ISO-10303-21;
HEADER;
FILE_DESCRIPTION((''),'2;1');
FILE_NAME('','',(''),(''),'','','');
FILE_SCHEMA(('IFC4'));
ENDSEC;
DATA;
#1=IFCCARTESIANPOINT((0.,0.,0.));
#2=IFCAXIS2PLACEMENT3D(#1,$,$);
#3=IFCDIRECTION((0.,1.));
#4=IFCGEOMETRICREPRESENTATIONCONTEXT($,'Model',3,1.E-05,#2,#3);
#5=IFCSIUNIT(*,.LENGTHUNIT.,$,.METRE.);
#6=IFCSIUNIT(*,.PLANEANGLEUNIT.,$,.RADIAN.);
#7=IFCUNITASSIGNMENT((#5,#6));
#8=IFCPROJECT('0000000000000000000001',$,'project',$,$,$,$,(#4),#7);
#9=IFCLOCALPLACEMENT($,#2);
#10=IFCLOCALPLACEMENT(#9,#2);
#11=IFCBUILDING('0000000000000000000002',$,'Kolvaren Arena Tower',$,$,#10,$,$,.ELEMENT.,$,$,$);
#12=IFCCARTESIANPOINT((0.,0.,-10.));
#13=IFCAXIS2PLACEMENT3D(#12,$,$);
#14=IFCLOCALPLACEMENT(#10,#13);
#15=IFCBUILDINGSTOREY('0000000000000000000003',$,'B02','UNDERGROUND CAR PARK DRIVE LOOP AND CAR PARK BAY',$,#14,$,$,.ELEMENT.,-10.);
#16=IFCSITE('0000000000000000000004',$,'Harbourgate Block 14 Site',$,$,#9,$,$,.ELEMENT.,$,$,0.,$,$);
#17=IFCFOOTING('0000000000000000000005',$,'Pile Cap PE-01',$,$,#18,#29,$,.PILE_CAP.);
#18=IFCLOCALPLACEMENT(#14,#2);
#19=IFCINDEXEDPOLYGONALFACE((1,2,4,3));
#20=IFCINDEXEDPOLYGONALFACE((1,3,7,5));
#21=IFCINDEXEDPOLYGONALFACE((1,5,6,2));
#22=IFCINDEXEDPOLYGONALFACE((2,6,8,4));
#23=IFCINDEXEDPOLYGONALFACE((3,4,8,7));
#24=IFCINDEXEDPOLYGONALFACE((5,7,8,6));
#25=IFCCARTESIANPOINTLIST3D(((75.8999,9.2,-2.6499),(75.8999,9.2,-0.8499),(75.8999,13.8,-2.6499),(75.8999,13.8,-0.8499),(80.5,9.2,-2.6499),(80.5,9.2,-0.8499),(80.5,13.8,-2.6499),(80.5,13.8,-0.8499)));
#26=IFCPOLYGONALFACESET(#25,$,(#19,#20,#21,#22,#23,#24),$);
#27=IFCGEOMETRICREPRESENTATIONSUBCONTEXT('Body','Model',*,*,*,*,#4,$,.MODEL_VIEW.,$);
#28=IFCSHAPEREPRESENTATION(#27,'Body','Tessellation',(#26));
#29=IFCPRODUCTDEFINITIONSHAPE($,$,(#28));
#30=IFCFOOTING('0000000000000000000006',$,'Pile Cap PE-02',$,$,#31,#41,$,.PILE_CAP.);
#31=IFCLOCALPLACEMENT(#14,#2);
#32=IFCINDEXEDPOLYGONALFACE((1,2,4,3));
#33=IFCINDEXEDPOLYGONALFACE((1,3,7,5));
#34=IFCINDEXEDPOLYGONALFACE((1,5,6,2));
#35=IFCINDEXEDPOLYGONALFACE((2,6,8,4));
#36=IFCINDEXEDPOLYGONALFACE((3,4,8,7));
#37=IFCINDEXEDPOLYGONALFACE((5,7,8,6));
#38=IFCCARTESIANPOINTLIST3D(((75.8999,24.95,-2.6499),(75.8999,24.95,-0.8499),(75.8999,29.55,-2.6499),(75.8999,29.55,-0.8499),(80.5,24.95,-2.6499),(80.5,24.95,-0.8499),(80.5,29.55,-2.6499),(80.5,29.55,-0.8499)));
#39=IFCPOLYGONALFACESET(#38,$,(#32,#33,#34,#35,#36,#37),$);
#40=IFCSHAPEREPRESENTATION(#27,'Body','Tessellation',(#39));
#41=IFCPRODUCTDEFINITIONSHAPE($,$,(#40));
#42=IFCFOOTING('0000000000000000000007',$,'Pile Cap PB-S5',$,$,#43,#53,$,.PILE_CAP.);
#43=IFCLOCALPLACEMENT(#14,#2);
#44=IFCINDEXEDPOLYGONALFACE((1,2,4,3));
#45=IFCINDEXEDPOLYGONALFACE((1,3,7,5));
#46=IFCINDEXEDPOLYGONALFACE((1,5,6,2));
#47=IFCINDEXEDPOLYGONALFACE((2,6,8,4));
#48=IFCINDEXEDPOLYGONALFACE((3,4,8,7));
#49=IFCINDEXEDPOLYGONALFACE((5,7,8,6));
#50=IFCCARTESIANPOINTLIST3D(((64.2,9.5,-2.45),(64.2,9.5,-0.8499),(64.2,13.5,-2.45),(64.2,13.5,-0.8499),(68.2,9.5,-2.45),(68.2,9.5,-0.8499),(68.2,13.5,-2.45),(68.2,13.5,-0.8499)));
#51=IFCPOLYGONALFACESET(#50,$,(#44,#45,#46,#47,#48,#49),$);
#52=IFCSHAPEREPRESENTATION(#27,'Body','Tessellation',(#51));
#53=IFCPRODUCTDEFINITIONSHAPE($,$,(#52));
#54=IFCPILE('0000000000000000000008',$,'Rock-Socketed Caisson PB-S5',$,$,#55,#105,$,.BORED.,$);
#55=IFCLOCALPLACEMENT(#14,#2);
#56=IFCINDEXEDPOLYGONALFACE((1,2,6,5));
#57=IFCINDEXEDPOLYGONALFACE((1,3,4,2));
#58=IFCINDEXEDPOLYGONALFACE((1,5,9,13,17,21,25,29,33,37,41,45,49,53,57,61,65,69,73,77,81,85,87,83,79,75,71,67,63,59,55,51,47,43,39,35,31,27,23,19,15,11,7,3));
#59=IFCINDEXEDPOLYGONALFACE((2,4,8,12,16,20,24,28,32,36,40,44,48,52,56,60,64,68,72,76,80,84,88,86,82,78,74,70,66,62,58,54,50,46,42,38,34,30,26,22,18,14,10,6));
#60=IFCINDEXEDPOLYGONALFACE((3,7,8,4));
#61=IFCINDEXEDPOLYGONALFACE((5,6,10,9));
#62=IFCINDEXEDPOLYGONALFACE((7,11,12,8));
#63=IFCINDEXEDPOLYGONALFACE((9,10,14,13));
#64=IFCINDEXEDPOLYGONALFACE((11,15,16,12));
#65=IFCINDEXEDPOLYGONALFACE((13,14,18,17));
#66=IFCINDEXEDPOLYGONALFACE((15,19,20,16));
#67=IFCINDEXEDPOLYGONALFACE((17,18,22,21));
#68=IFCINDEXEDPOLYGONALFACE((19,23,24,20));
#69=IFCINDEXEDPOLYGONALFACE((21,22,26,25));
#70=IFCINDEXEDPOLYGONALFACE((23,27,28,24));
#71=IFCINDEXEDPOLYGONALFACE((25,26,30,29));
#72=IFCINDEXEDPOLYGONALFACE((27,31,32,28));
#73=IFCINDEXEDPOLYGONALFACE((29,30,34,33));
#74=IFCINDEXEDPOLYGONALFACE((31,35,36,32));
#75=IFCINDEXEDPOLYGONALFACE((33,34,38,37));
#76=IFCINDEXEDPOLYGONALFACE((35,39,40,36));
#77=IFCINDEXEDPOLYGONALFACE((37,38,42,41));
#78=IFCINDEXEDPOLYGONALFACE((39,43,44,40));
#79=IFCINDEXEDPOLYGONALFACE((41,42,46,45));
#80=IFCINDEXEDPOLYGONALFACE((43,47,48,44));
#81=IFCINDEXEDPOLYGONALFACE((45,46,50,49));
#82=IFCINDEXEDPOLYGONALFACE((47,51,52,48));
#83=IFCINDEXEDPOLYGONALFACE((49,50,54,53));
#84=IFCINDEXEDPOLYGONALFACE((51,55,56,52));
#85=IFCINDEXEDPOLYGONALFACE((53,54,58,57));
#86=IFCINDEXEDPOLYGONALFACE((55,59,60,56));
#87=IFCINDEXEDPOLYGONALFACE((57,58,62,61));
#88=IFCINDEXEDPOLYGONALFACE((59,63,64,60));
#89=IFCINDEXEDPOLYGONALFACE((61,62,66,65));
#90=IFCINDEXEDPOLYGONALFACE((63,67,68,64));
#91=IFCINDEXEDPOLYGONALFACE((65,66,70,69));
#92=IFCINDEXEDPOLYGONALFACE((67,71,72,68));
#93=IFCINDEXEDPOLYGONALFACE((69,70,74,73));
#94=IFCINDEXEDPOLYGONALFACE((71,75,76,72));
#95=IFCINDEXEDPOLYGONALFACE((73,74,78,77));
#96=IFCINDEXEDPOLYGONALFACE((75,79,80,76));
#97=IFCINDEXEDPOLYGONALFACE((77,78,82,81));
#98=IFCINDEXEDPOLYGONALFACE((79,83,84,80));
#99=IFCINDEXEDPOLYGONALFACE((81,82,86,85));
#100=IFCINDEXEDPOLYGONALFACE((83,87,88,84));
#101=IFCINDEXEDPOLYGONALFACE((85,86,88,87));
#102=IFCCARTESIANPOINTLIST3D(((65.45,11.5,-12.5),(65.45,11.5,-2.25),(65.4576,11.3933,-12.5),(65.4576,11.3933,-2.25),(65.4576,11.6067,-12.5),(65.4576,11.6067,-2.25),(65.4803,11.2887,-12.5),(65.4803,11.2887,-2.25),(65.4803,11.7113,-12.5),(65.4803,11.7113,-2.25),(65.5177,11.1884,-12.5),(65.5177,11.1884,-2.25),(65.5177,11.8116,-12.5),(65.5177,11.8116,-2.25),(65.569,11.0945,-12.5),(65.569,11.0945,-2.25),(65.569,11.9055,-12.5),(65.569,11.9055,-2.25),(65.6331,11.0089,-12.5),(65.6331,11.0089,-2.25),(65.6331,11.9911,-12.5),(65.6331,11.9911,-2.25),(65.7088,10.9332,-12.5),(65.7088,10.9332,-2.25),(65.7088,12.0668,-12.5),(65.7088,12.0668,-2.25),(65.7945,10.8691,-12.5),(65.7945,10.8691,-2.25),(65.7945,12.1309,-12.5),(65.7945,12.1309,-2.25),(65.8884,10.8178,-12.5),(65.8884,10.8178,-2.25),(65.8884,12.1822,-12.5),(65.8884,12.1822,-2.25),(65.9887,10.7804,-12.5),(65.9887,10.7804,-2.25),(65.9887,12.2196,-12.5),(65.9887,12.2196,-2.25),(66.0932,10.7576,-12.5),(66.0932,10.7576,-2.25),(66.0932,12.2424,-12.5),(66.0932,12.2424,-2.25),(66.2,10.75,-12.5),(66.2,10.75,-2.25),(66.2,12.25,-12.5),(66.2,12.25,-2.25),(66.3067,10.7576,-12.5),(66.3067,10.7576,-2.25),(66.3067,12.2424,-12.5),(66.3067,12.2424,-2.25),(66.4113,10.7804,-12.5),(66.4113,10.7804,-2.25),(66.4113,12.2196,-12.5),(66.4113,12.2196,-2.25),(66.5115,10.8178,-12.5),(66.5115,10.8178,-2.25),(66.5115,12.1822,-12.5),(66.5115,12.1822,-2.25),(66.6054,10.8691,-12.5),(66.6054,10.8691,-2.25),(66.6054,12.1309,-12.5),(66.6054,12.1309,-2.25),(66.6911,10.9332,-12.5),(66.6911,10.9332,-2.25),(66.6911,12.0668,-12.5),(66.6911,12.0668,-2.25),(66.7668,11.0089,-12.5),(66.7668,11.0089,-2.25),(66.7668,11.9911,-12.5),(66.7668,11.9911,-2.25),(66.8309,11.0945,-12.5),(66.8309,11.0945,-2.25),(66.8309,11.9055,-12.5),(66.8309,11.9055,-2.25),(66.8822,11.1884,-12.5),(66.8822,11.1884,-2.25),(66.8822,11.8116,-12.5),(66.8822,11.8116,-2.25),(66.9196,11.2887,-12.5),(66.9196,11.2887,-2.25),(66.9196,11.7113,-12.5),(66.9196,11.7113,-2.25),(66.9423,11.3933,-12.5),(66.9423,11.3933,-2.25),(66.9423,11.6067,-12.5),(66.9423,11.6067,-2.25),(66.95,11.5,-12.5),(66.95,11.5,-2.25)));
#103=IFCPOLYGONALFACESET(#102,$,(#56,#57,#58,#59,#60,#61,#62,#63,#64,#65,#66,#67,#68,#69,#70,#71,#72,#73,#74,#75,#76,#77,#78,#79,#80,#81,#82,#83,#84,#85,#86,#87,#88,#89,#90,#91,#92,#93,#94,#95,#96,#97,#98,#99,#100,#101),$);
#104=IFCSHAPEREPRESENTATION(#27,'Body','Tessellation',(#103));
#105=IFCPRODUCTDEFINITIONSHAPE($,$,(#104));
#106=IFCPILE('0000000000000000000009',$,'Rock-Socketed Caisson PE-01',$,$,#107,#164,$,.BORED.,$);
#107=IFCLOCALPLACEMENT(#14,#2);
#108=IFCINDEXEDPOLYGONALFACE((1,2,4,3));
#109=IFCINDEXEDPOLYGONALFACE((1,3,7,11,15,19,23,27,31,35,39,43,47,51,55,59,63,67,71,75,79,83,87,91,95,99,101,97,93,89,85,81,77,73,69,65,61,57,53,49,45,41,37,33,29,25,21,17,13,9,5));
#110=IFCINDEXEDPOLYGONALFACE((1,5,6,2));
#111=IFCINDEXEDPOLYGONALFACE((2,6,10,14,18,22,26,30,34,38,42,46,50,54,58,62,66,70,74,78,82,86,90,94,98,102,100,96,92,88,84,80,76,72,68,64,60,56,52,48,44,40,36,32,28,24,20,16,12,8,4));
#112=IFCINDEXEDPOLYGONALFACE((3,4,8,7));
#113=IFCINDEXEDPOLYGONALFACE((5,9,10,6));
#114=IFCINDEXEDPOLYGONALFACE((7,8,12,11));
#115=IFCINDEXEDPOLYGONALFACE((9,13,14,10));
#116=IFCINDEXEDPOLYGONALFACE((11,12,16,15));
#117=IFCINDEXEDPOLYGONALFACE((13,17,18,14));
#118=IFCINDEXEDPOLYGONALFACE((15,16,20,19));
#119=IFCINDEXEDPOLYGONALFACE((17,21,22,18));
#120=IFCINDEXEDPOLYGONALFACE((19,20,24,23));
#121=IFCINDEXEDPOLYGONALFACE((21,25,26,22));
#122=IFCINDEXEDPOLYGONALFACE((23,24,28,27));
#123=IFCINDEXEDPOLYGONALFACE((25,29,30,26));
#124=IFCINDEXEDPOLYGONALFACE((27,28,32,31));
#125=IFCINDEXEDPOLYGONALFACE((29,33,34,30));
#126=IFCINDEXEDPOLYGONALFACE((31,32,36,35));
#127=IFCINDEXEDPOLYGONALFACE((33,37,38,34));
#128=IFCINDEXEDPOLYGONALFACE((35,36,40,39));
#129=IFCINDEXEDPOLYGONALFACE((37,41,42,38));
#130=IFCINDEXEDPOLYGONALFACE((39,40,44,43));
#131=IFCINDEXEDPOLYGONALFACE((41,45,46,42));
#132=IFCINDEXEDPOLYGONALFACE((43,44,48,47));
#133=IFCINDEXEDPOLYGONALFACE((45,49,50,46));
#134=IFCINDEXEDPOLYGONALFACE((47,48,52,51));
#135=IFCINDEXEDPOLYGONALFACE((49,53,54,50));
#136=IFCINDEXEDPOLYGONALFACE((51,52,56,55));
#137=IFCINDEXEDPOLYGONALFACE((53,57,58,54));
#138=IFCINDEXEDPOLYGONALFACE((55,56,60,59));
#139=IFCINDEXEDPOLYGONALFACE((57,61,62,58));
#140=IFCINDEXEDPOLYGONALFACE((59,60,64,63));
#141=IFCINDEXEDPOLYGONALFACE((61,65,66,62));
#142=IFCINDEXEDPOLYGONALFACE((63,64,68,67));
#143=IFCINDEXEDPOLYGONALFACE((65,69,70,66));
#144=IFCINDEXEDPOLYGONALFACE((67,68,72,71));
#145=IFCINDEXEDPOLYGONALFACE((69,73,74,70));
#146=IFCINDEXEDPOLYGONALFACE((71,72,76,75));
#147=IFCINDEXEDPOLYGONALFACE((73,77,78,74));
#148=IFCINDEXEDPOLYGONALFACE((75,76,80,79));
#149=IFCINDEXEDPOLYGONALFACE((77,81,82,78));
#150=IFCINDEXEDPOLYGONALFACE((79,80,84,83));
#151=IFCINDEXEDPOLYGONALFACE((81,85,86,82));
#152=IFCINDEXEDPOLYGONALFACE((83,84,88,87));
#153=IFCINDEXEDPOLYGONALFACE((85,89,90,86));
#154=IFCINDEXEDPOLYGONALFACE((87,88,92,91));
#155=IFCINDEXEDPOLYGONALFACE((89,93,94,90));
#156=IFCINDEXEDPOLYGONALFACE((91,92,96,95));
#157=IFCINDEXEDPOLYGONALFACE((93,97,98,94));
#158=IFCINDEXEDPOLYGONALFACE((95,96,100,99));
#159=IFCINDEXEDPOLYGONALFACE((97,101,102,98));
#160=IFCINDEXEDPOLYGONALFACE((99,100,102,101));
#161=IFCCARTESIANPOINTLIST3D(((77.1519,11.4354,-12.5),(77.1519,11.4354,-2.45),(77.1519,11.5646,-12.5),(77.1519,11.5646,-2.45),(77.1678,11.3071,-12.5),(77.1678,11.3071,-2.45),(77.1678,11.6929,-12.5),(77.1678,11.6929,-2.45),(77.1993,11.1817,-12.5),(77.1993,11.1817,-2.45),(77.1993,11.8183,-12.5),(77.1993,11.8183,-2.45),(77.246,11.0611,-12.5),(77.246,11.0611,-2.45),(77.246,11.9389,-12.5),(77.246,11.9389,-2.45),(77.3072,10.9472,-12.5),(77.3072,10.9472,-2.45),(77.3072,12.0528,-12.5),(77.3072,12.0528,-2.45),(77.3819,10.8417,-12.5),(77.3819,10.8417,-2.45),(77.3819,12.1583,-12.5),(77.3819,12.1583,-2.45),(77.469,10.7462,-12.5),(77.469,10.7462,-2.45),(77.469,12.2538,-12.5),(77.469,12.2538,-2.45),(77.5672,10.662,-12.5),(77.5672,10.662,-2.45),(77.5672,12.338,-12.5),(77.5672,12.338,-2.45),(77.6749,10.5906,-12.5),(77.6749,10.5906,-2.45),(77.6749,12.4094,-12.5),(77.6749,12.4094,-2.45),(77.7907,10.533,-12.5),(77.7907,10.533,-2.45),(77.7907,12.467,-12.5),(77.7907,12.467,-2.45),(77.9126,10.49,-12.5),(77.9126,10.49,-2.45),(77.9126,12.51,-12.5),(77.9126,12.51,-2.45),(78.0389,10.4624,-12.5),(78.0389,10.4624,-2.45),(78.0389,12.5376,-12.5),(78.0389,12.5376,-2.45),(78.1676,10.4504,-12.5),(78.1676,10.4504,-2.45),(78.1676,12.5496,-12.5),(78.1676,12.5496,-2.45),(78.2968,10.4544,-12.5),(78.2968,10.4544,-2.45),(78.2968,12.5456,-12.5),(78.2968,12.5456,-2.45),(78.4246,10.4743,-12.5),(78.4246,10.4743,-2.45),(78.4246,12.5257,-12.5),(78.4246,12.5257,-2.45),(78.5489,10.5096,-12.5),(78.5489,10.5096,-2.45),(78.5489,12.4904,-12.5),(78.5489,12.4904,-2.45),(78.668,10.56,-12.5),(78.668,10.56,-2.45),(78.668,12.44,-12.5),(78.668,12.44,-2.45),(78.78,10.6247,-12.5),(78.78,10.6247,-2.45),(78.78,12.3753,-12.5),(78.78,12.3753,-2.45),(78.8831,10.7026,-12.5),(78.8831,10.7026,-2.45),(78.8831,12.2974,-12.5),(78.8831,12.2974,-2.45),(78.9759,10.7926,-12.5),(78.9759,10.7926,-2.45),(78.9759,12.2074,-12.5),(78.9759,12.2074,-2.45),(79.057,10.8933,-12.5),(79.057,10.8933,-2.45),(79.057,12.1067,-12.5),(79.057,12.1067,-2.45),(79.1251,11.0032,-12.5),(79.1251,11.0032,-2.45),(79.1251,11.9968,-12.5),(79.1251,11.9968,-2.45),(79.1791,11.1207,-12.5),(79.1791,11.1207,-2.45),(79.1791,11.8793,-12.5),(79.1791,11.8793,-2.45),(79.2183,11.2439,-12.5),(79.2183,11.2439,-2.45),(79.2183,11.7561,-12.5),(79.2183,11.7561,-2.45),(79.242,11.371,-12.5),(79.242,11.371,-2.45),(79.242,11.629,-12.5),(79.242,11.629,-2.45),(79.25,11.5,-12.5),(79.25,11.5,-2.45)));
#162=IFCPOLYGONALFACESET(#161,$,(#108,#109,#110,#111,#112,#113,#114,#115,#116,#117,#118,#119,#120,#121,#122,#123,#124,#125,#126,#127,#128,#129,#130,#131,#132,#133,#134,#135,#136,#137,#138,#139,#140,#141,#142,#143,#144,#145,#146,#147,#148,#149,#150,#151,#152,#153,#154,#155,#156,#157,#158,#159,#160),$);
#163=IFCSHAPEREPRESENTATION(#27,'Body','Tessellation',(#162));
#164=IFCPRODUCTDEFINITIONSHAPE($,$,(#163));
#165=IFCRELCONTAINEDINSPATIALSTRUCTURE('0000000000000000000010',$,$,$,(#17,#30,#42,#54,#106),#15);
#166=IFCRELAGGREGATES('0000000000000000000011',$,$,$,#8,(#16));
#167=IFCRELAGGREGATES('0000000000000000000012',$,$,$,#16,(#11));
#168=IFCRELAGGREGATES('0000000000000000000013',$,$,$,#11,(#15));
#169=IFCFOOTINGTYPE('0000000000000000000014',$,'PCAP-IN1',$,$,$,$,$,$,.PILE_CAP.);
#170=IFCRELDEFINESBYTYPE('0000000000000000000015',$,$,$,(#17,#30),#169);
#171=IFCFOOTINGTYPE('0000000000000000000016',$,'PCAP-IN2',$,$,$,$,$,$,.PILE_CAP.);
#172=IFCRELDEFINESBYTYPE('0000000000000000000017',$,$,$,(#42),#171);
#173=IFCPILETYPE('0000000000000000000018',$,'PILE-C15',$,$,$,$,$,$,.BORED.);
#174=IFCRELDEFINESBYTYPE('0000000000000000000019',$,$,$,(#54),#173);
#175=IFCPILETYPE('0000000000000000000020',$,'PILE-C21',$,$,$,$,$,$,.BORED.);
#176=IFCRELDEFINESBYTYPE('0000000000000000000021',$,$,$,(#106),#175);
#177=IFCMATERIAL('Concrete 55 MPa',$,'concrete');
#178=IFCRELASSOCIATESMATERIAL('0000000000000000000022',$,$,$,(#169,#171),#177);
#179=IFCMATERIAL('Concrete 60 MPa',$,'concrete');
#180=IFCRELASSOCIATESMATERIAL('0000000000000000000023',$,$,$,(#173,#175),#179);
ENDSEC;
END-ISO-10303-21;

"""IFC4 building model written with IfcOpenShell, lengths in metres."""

from ifc_helpers import new_model, si_unit, direction, frame, origin, origin_2d, place, context, subcontext, project, spatial, rectangle, circle, extrude, material, material_profile, profile_set, type_object, element, save


model = new_model("IFC4")

# Units and contexts
model_context = context("Model", 3, precision=1e-05, world=origin(), true_north=direction((0.0, 1.0)))
body_context = subcontext(model_context, "Body", "Model", "MODEL_VIEW")
ifc_project = project(units=[si_unit("LENGTHUNIT", "METRE"), si_unit("PLANEANGLEUNIT", "RADIAN")], contexts=[model_context])

# Site, building, storey
site_placement = place(None, origin())
site = spatial("IfcSite", under=ifc_project, at=site_placement, Name="Harbourgate Block 14 Site", CompositionType="ELEMENT", RefElevation=0.0)
building_placement = place(site_placement, origin())
building = spatial("IfcBuilding", under=site, at=building_placement, Name="Kolvaren Arena Tower", CompositionType="ELEMENT")
storey_placement = place(building_placement, frame((0.0, 0.0, -10.0)))
storey = spatial("IfcBuildingStorey", under=building, at=storey_placement, Name="B02", Description="UNDERGROUND CAR PARK DRIVE LOOP AND CAR PARK BAY", CompositionType="ELEMENT", Elevation=-10.0)

# Footings
ifc_material_1 = material(Name="Concrete 55 MPa", Category="concrete")
footing_type_1 = type_object("IfcFootingType", Name="PCAP-IN1", PredefinedType="PILE_CAP", material=ifc_material_1)
for number, where, z_axis, x_axis, name in (
    (1, (78.2, 11.5, -2.6499), (0.0, 0.0, 1.0), (1.0, 0.0, 0.0), "Pile Cap PE-01"),
    (2, (78.2, 27.25, -2.6499), (0.0, 0.0, 1.0), (1.0, 0.0, 0.0), "Pile Cap PE-02"),
):
    element("IfcFooting", number, at=place(storey_placement, frame(where, z_axis=z_axis, x_axis=x_axis)), inside=storey, type_object=footing_type_1, Name=name, PredefinedType="PILE_CAP", context=body_context, shape_type="SweptSolid", body=[
        extrude(rectangle(XDim=4.6001, YDim=4.6001, at=origin_2d()), origin(), (0.0, 0.0, 1.0), 1.8),
    ])
footing_type_2 = type_object("IfcFootingType", Name="PCAP-IN2", PredefinedType="PILE_CAP", material=ifc_material_1)
footing_placement = place(storey_placement, frame((66.2, 11.5, -2.45), z_axis=(0.0, 0.0, 1.0), x_axis=(1.0, 0.0, 0.0)))
element("IfcFooting", 3, at=footing_placement, inside=storey, type_object=footing_type_2, Name="Pile Cap PB-S5", PredefinedType="PILE_CAP", context=body_context, shape_type="SweptSolid", body=[
    extrude(rectangle(XDim=4.0, YDim=4.0, at=origin_2d()), origin(), (0.0, 0.0, 1.0), 1.6001),
])

# Piles
ifc_material_2 = material(Name="Concrete 60 MPa", Category="concrete")
ifc_material_profile_1 = material_profile(ifc_material_2, circle(Radius=0.75, at=origin_2d()), Name="CAISSON-D1500")
ifc_profile_set_1 = profile_set([ifc_material_profile_1], Name="Concrete 60 MPa")
pile_type_1 = type_object("IfcPileType", Name="PILE-C15", PredefinedType="BORED", material=ifc_profile_set_1)
pile_1_placement = place(storey_placement, frame((66.2, 11.5, -2.25), z_axis=(0.0, 0.0, -1.0), x_axis=(1.0, 0.0, 0.0)))
element("IfcPile", 4, at=pile_1_placement, inside=storey, type_object=pile_type_1, Name="Rock-Socketed Caisson PB-S5", PredefinedType="BORED", context=body_context, shape_type="SweptSolid", body=[
    extrude(circle(Radius=0.75, at=origin_2d()), origin(), (0.0, 0.0, 1.0), 10.25),
])
ifc_material_profile_2 = material_profile(ifc_material_2, circle(Radius=1.05, at=origin_2d()), Name="CAISSON-D2100")
ifc_profile_set_2 = profile_set([ifc_material_profile_2], Name="Concrete 60 MPa")
pile_type_2 = type_object("IfcPileType", Name="PILE-C21", PredefinedType="BORED", material=ifc_profile_set_2)
for number, where, z_axis, x_axis, name in (
    (5, (78.2, 11.5, -2.45), (0.0, 0.0, -1.0), (1.0, 0.0, 0.0), "Rock-Socketed Caisson PE-01"),
):
    element("IfcPile", number, at=place(storey_placement, frame(where, z_axis=z_axis, x_axis=x_axis)), inside=storey, type_object=pile_type_2, Name=name, PredefinedType="BORED", context=body_context, shape_type="SweptSolid", body=[
        extrude(circle(Radius=1.05, at=origin_2d()), origin(), (0.0, 0.0, 1.0), 10.05),
    ])

save(model, "model.ifc")
